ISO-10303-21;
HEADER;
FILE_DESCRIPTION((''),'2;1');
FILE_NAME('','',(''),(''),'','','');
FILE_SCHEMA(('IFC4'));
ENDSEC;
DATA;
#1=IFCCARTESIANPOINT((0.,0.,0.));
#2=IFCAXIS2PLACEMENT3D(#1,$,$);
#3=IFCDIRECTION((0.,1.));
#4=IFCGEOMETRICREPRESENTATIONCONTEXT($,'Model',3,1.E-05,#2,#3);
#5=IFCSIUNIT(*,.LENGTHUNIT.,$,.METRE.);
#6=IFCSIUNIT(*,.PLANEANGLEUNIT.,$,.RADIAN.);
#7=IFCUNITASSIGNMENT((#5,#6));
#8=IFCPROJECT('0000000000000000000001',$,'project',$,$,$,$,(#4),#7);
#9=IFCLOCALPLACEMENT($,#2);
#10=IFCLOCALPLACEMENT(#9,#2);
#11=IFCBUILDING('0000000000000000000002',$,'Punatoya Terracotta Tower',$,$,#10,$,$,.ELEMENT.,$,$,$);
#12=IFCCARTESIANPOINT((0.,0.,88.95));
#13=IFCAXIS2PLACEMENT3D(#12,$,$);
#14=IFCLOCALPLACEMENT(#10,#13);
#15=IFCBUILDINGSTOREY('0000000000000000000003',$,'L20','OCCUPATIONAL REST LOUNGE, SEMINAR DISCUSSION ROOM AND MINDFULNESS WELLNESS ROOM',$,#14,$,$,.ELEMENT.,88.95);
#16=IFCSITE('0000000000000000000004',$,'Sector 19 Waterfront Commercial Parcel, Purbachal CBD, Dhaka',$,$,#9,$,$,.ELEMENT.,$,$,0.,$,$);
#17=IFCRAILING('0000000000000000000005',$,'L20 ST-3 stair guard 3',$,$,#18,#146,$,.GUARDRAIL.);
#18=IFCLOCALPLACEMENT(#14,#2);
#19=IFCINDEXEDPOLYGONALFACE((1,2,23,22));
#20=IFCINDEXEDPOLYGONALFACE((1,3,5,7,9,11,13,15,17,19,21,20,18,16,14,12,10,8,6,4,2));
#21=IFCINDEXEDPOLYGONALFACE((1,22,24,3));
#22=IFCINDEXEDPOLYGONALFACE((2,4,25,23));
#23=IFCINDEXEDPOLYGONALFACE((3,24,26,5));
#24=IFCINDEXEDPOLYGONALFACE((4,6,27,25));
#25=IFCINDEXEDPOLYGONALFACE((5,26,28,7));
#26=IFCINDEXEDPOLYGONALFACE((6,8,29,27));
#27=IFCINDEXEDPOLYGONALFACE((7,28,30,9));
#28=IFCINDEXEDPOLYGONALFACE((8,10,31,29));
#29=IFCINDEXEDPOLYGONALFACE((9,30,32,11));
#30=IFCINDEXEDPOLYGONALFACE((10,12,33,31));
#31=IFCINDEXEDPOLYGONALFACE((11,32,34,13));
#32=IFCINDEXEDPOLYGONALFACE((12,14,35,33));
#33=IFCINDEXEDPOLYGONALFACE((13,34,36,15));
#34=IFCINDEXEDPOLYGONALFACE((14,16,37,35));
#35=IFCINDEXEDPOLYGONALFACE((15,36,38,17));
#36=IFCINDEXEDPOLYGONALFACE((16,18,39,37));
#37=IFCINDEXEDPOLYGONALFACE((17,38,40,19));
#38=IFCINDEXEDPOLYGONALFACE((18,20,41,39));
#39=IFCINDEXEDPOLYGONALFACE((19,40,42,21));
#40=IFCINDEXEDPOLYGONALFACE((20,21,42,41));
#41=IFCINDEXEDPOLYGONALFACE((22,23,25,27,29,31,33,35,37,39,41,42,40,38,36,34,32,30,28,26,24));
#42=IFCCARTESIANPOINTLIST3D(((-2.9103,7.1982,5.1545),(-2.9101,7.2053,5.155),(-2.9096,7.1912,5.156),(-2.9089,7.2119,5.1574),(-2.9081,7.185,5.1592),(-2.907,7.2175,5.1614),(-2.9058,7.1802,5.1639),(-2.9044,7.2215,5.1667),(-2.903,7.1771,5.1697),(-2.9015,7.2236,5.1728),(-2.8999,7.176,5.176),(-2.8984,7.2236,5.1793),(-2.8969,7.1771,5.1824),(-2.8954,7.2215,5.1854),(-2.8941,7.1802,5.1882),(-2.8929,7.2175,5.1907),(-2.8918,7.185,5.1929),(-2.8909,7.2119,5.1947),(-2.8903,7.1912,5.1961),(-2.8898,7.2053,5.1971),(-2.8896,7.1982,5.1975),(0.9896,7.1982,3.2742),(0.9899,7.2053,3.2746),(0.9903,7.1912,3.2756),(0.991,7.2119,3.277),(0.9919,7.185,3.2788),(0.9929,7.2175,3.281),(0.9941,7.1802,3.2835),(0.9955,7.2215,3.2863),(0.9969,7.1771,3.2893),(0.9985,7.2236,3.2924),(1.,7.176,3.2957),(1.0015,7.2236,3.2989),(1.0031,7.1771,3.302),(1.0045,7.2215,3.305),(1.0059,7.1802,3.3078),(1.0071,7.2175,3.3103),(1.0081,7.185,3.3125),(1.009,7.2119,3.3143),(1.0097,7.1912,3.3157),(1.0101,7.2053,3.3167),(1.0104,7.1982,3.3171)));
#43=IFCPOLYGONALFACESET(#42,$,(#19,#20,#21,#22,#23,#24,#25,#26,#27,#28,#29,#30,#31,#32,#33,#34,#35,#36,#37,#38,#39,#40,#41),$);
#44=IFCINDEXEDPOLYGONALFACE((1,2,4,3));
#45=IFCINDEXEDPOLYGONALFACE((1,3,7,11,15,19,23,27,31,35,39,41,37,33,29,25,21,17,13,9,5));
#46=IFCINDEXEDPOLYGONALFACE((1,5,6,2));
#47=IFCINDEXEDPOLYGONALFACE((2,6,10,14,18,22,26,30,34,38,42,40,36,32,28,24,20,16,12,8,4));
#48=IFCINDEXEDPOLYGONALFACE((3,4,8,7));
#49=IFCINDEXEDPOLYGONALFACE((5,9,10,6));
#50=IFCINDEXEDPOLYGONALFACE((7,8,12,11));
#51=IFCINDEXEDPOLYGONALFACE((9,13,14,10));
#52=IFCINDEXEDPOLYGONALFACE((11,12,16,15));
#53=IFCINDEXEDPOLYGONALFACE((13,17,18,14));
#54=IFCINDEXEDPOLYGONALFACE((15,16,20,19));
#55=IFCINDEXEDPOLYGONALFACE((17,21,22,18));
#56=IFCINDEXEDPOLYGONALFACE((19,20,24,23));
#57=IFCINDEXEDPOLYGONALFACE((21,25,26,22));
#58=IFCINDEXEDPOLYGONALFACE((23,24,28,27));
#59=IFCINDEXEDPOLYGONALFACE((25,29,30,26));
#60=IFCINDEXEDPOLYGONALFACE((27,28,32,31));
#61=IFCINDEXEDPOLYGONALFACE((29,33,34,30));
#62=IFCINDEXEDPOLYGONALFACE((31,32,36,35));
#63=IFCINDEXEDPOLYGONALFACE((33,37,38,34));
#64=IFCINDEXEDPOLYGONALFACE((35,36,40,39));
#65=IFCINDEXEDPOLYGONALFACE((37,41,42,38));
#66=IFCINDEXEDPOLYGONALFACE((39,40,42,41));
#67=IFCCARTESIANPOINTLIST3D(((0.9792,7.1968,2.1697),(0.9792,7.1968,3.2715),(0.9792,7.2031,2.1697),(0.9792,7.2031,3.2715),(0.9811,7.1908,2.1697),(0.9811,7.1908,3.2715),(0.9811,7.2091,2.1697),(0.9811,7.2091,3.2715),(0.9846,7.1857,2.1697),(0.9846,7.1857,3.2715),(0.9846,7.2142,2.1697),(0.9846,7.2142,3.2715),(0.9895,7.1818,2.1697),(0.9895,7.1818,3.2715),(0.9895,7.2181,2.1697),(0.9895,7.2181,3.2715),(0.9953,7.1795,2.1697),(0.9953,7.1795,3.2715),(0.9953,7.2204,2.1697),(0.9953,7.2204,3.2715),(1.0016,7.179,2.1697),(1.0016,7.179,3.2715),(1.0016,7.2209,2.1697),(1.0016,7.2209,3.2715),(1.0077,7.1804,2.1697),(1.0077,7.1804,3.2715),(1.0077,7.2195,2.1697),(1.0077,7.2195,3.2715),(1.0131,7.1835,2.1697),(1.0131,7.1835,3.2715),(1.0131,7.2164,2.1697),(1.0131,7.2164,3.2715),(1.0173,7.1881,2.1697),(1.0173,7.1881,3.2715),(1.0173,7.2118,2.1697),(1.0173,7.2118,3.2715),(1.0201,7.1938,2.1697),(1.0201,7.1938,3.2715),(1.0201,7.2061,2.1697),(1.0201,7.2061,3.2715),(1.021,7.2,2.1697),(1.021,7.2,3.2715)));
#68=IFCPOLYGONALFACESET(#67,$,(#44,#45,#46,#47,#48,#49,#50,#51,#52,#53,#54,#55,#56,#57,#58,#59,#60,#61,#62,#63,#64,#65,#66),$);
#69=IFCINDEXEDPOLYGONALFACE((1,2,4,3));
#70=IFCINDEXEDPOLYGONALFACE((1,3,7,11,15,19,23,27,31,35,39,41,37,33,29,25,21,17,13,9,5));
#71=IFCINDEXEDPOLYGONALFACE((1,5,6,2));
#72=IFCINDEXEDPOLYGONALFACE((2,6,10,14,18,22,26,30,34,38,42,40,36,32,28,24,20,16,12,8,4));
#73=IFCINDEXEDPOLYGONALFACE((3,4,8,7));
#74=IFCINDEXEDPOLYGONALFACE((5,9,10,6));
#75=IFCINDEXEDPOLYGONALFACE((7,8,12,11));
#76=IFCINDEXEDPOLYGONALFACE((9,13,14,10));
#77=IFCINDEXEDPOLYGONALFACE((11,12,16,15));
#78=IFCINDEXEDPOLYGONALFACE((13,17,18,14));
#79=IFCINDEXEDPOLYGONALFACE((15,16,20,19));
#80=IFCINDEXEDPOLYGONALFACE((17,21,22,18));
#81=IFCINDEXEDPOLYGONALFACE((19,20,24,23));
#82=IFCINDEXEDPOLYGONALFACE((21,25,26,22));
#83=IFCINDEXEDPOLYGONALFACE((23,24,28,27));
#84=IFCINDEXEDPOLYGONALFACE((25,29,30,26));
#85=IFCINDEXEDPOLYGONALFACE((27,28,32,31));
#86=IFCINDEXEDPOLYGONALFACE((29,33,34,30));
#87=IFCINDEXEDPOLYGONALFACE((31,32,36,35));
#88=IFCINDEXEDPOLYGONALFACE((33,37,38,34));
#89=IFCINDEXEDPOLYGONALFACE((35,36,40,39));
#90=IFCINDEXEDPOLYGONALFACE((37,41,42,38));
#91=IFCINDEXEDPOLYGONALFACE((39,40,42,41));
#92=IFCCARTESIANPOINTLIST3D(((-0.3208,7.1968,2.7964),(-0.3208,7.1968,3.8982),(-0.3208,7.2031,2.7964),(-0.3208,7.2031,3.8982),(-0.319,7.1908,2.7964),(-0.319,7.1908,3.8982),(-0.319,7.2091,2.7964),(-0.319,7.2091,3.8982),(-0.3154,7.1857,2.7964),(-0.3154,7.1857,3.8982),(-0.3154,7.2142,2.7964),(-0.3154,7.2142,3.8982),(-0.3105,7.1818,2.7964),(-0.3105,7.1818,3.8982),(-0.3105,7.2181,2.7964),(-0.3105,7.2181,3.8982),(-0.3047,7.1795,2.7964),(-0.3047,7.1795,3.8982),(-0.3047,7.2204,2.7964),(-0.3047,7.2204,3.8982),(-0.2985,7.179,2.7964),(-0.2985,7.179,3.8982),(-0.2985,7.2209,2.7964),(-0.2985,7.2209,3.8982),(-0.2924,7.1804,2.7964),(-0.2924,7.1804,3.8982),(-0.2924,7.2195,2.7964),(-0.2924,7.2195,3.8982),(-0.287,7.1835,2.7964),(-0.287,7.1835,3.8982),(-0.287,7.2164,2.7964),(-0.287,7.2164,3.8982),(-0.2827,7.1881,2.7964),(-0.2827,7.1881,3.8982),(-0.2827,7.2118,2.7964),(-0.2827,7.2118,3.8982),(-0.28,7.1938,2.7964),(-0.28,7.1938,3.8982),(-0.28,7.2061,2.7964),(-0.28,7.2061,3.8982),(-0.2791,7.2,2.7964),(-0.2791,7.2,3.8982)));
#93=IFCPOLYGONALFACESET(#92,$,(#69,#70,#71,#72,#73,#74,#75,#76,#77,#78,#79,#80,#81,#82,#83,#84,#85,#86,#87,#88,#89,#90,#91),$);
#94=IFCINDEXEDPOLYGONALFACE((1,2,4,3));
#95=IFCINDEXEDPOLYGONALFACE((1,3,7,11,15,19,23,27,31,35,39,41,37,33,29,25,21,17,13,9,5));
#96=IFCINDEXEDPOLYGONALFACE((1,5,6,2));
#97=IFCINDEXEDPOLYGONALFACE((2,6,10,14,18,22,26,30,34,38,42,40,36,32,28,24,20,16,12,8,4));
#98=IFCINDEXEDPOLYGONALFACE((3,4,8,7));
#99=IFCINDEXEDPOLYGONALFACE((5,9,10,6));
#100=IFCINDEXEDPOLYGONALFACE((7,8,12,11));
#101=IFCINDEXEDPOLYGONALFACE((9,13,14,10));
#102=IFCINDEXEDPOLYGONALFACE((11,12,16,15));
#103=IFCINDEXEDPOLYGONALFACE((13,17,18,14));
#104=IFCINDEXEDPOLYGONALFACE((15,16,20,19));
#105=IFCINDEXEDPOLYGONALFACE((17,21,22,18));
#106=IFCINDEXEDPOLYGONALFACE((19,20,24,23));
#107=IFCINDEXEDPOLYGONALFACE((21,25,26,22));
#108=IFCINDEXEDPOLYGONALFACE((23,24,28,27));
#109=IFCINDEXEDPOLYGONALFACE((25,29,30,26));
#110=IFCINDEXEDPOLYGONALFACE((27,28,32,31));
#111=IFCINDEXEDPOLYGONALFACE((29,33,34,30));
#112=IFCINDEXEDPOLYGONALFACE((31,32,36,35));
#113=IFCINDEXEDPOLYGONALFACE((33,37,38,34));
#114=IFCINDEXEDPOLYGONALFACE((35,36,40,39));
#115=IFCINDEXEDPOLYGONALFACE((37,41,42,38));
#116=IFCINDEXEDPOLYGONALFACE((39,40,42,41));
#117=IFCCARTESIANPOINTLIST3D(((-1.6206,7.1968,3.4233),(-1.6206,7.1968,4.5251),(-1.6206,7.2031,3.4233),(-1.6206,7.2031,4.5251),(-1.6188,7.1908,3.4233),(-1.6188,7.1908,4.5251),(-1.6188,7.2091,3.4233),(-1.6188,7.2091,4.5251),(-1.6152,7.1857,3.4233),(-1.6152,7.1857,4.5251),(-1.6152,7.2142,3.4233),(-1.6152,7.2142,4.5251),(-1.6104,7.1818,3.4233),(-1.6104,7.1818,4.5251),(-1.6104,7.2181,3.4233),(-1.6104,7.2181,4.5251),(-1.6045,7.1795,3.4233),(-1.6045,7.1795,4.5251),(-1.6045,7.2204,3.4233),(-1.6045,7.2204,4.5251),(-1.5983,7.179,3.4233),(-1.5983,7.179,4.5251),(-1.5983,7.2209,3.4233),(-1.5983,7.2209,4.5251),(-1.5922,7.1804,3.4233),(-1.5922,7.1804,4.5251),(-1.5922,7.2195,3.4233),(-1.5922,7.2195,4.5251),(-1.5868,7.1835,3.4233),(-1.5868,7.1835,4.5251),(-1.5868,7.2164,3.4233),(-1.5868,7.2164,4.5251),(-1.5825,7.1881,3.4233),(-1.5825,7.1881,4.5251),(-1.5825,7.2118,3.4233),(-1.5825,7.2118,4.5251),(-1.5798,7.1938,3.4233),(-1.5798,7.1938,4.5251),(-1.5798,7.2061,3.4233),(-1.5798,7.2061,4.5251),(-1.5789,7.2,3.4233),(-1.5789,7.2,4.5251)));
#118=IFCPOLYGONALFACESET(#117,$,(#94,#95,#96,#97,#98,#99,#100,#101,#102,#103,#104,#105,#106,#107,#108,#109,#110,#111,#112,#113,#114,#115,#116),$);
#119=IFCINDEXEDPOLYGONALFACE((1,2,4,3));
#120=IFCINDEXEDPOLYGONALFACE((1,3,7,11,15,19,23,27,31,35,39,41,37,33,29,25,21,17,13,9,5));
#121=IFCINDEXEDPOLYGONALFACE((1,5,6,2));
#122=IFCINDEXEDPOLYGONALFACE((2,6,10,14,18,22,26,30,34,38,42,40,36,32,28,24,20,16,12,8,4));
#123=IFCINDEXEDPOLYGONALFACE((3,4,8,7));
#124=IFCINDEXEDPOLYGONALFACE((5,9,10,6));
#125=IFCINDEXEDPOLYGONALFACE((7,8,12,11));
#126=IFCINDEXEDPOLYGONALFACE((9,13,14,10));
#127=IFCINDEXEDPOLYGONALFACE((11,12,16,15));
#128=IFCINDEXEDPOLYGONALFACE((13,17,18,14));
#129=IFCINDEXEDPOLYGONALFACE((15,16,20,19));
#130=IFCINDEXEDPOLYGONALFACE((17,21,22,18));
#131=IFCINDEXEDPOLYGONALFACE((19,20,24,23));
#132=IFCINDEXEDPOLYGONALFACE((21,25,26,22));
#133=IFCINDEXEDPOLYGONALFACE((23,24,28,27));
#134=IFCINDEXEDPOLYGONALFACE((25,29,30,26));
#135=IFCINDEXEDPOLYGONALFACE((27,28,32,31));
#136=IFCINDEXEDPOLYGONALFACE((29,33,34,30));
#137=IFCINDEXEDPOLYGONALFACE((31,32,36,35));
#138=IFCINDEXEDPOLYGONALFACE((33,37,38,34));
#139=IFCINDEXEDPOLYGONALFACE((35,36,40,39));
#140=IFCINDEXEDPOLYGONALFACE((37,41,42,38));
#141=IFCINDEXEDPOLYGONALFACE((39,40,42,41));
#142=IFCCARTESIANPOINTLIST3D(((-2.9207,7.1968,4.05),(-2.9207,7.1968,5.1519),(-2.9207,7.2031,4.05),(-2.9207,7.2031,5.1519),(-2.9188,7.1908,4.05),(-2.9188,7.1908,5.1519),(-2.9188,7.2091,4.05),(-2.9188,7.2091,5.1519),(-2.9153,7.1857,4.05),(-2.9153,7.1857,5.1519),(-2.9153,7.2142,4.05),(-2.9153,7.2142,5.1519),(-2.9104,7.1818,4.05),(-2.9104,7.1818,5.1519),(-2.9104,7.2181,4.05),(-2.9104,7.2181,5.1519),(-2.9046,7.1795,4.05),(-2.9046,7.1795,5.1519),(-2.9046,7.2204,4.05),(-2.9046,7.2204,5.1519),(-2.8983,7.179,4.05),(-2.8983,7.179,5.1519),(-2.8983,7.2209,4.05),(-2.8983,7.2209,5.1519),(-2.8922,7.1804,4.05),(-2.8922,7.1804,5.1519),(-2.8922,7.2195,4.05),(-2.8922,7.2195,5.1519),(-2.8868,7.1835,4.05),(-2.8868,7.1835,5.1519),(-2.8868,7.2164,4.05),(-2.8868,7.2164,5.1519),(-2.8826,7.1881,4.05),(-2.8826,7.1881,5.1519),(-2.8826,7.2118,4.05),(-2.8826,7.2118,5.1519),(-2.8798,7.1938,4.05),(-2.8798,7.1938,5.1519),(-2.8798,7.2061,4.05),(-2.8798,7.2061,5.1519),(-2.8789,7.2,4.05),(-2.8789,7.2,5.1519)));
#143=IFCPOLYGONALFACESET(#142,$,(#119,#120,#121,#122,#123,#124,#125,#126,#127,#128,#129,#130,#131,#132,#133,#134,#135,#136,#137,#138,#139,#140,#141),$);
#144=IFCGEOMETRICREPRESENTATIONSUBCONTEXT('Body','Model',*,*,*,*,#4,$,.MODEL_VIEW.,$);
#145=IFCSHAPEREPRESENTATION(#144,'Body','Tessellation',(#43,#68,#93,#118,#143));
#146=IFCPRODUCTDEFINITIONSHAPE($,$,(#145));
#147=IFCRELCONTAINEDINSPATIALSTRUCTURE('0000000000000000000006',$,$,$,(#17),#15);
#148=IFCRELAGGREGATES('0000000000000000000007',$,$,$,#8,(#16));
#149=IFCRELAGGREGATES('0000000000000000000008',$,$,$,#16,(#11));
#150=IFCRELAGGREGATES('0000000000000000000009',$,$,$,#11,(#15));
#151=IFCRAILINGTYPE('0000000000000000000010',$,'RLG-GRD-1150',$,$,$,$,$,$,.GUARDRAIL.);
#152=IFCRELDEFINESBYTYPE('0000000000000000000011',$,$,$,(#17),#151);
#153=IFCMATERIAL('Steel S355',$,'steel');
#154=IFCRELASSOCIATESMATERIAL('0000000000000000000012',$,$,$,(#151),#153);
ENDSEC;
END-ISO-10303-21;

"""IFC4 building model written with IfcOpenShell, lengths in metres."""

from ifc_helpers import new_model, si_unit, direction, frame, origin, origin_2d, place, context, subcontext, project, spatial, circle, extrude, material, type_object, element, save


model = new_model("IFC4")

# Units and contexts
model_context = context("Model", 3, precision=1e-05, world=origin(), true_north=direction((0.0, 1.0)))
body_context = subcontext(model_context, "Body", "Model", "MODEL_VIEW")
ifc_project = project(units=[si_unit("LENGTHUNIT", "METRE"), si_unit("PLANEANGLEUNIT", "RADIAN")], contexts=[model_context])

# Site, building, storey
site_placement = place(None, origin())
site = spatial("IfcSite", under=ifc_project, at=site_placement, Name="Sector 19 Waterfront Commercial Parcel, Purbachal CBD, Dhaka", CompositionType="ELEMENT", RefElevation=0.0)
building_placement = place(site_placement, origin())
building = spatial("IfcBuilding", under=site, at=building_placement, Name="Punatoya Terracotta Tower", CompositionType="ELEMENT")
storey_placement = place(building_placement, frame((0.0, 0.0, 88.95)))
storey = spatial("IfcBuildingStorey", under=building, at=storey_placement, Name="L20", Description="OCCUPATIONAL REST LOUNGE, SEMINAR DISCUSSION ROOM AND MINDFULNESS WELLNESS ROOM", CompositionType="ELEMENT", Elevation=88.95)

# Shared definitions
ifc_material_1 = material(Name="Steel S355", Category="steel")

# Railing
railing_type_1 = type_object("IfcRailingType", Name="RLG-GRD-1150", PredefinedType="GUARDRAIL", material=ifc_material_1)
railing_1_placement = place(storey_placement, frame((1.0, 7.2, 2.1697)))
element("IfcRailing", 1, at=railing_1_placement, inside=storey, type_object=railing_type_1, Name="L20 ST-3 stair guard 3", PredefinedType="GUARDRAIL", context=body_context, shape_type="SweptSolid", body=[
    extrude(circle(Radius=0.0239, at=origin_2d()), frame((0.0, 0.0, 1.126), z_axis=(-0.900763, 0.0, 0.434311), x_axis=(0.0, -1.0, 0.0)), (0.0, 0.0, 1.0), 4.3296),
    extrude(circle(Radius=0.021, at=origin_2d()), origin(), (0.0, 0.0, 1.0), 1.1018),
    extrude(circle(Radius=0.021, at=origin_2d()), frame((-1.3, 0.0, 0.6267)), (0.0, 0.0, 1.0), 1.1018),
    extrude(circle(Radius=0.021, at=origin_2d()), frame((-2.5999, 0.0, 1.2537)), (0.0, 0.0, 1.0), 1.1018),
    extrude(circle(Radius=0.021, at=origin_2d()), frame((-3.8999, 0.0, 1.8804)), (0.0, 0.0, 1.0), 1.1018),
])

save(model, "model.ifc")
